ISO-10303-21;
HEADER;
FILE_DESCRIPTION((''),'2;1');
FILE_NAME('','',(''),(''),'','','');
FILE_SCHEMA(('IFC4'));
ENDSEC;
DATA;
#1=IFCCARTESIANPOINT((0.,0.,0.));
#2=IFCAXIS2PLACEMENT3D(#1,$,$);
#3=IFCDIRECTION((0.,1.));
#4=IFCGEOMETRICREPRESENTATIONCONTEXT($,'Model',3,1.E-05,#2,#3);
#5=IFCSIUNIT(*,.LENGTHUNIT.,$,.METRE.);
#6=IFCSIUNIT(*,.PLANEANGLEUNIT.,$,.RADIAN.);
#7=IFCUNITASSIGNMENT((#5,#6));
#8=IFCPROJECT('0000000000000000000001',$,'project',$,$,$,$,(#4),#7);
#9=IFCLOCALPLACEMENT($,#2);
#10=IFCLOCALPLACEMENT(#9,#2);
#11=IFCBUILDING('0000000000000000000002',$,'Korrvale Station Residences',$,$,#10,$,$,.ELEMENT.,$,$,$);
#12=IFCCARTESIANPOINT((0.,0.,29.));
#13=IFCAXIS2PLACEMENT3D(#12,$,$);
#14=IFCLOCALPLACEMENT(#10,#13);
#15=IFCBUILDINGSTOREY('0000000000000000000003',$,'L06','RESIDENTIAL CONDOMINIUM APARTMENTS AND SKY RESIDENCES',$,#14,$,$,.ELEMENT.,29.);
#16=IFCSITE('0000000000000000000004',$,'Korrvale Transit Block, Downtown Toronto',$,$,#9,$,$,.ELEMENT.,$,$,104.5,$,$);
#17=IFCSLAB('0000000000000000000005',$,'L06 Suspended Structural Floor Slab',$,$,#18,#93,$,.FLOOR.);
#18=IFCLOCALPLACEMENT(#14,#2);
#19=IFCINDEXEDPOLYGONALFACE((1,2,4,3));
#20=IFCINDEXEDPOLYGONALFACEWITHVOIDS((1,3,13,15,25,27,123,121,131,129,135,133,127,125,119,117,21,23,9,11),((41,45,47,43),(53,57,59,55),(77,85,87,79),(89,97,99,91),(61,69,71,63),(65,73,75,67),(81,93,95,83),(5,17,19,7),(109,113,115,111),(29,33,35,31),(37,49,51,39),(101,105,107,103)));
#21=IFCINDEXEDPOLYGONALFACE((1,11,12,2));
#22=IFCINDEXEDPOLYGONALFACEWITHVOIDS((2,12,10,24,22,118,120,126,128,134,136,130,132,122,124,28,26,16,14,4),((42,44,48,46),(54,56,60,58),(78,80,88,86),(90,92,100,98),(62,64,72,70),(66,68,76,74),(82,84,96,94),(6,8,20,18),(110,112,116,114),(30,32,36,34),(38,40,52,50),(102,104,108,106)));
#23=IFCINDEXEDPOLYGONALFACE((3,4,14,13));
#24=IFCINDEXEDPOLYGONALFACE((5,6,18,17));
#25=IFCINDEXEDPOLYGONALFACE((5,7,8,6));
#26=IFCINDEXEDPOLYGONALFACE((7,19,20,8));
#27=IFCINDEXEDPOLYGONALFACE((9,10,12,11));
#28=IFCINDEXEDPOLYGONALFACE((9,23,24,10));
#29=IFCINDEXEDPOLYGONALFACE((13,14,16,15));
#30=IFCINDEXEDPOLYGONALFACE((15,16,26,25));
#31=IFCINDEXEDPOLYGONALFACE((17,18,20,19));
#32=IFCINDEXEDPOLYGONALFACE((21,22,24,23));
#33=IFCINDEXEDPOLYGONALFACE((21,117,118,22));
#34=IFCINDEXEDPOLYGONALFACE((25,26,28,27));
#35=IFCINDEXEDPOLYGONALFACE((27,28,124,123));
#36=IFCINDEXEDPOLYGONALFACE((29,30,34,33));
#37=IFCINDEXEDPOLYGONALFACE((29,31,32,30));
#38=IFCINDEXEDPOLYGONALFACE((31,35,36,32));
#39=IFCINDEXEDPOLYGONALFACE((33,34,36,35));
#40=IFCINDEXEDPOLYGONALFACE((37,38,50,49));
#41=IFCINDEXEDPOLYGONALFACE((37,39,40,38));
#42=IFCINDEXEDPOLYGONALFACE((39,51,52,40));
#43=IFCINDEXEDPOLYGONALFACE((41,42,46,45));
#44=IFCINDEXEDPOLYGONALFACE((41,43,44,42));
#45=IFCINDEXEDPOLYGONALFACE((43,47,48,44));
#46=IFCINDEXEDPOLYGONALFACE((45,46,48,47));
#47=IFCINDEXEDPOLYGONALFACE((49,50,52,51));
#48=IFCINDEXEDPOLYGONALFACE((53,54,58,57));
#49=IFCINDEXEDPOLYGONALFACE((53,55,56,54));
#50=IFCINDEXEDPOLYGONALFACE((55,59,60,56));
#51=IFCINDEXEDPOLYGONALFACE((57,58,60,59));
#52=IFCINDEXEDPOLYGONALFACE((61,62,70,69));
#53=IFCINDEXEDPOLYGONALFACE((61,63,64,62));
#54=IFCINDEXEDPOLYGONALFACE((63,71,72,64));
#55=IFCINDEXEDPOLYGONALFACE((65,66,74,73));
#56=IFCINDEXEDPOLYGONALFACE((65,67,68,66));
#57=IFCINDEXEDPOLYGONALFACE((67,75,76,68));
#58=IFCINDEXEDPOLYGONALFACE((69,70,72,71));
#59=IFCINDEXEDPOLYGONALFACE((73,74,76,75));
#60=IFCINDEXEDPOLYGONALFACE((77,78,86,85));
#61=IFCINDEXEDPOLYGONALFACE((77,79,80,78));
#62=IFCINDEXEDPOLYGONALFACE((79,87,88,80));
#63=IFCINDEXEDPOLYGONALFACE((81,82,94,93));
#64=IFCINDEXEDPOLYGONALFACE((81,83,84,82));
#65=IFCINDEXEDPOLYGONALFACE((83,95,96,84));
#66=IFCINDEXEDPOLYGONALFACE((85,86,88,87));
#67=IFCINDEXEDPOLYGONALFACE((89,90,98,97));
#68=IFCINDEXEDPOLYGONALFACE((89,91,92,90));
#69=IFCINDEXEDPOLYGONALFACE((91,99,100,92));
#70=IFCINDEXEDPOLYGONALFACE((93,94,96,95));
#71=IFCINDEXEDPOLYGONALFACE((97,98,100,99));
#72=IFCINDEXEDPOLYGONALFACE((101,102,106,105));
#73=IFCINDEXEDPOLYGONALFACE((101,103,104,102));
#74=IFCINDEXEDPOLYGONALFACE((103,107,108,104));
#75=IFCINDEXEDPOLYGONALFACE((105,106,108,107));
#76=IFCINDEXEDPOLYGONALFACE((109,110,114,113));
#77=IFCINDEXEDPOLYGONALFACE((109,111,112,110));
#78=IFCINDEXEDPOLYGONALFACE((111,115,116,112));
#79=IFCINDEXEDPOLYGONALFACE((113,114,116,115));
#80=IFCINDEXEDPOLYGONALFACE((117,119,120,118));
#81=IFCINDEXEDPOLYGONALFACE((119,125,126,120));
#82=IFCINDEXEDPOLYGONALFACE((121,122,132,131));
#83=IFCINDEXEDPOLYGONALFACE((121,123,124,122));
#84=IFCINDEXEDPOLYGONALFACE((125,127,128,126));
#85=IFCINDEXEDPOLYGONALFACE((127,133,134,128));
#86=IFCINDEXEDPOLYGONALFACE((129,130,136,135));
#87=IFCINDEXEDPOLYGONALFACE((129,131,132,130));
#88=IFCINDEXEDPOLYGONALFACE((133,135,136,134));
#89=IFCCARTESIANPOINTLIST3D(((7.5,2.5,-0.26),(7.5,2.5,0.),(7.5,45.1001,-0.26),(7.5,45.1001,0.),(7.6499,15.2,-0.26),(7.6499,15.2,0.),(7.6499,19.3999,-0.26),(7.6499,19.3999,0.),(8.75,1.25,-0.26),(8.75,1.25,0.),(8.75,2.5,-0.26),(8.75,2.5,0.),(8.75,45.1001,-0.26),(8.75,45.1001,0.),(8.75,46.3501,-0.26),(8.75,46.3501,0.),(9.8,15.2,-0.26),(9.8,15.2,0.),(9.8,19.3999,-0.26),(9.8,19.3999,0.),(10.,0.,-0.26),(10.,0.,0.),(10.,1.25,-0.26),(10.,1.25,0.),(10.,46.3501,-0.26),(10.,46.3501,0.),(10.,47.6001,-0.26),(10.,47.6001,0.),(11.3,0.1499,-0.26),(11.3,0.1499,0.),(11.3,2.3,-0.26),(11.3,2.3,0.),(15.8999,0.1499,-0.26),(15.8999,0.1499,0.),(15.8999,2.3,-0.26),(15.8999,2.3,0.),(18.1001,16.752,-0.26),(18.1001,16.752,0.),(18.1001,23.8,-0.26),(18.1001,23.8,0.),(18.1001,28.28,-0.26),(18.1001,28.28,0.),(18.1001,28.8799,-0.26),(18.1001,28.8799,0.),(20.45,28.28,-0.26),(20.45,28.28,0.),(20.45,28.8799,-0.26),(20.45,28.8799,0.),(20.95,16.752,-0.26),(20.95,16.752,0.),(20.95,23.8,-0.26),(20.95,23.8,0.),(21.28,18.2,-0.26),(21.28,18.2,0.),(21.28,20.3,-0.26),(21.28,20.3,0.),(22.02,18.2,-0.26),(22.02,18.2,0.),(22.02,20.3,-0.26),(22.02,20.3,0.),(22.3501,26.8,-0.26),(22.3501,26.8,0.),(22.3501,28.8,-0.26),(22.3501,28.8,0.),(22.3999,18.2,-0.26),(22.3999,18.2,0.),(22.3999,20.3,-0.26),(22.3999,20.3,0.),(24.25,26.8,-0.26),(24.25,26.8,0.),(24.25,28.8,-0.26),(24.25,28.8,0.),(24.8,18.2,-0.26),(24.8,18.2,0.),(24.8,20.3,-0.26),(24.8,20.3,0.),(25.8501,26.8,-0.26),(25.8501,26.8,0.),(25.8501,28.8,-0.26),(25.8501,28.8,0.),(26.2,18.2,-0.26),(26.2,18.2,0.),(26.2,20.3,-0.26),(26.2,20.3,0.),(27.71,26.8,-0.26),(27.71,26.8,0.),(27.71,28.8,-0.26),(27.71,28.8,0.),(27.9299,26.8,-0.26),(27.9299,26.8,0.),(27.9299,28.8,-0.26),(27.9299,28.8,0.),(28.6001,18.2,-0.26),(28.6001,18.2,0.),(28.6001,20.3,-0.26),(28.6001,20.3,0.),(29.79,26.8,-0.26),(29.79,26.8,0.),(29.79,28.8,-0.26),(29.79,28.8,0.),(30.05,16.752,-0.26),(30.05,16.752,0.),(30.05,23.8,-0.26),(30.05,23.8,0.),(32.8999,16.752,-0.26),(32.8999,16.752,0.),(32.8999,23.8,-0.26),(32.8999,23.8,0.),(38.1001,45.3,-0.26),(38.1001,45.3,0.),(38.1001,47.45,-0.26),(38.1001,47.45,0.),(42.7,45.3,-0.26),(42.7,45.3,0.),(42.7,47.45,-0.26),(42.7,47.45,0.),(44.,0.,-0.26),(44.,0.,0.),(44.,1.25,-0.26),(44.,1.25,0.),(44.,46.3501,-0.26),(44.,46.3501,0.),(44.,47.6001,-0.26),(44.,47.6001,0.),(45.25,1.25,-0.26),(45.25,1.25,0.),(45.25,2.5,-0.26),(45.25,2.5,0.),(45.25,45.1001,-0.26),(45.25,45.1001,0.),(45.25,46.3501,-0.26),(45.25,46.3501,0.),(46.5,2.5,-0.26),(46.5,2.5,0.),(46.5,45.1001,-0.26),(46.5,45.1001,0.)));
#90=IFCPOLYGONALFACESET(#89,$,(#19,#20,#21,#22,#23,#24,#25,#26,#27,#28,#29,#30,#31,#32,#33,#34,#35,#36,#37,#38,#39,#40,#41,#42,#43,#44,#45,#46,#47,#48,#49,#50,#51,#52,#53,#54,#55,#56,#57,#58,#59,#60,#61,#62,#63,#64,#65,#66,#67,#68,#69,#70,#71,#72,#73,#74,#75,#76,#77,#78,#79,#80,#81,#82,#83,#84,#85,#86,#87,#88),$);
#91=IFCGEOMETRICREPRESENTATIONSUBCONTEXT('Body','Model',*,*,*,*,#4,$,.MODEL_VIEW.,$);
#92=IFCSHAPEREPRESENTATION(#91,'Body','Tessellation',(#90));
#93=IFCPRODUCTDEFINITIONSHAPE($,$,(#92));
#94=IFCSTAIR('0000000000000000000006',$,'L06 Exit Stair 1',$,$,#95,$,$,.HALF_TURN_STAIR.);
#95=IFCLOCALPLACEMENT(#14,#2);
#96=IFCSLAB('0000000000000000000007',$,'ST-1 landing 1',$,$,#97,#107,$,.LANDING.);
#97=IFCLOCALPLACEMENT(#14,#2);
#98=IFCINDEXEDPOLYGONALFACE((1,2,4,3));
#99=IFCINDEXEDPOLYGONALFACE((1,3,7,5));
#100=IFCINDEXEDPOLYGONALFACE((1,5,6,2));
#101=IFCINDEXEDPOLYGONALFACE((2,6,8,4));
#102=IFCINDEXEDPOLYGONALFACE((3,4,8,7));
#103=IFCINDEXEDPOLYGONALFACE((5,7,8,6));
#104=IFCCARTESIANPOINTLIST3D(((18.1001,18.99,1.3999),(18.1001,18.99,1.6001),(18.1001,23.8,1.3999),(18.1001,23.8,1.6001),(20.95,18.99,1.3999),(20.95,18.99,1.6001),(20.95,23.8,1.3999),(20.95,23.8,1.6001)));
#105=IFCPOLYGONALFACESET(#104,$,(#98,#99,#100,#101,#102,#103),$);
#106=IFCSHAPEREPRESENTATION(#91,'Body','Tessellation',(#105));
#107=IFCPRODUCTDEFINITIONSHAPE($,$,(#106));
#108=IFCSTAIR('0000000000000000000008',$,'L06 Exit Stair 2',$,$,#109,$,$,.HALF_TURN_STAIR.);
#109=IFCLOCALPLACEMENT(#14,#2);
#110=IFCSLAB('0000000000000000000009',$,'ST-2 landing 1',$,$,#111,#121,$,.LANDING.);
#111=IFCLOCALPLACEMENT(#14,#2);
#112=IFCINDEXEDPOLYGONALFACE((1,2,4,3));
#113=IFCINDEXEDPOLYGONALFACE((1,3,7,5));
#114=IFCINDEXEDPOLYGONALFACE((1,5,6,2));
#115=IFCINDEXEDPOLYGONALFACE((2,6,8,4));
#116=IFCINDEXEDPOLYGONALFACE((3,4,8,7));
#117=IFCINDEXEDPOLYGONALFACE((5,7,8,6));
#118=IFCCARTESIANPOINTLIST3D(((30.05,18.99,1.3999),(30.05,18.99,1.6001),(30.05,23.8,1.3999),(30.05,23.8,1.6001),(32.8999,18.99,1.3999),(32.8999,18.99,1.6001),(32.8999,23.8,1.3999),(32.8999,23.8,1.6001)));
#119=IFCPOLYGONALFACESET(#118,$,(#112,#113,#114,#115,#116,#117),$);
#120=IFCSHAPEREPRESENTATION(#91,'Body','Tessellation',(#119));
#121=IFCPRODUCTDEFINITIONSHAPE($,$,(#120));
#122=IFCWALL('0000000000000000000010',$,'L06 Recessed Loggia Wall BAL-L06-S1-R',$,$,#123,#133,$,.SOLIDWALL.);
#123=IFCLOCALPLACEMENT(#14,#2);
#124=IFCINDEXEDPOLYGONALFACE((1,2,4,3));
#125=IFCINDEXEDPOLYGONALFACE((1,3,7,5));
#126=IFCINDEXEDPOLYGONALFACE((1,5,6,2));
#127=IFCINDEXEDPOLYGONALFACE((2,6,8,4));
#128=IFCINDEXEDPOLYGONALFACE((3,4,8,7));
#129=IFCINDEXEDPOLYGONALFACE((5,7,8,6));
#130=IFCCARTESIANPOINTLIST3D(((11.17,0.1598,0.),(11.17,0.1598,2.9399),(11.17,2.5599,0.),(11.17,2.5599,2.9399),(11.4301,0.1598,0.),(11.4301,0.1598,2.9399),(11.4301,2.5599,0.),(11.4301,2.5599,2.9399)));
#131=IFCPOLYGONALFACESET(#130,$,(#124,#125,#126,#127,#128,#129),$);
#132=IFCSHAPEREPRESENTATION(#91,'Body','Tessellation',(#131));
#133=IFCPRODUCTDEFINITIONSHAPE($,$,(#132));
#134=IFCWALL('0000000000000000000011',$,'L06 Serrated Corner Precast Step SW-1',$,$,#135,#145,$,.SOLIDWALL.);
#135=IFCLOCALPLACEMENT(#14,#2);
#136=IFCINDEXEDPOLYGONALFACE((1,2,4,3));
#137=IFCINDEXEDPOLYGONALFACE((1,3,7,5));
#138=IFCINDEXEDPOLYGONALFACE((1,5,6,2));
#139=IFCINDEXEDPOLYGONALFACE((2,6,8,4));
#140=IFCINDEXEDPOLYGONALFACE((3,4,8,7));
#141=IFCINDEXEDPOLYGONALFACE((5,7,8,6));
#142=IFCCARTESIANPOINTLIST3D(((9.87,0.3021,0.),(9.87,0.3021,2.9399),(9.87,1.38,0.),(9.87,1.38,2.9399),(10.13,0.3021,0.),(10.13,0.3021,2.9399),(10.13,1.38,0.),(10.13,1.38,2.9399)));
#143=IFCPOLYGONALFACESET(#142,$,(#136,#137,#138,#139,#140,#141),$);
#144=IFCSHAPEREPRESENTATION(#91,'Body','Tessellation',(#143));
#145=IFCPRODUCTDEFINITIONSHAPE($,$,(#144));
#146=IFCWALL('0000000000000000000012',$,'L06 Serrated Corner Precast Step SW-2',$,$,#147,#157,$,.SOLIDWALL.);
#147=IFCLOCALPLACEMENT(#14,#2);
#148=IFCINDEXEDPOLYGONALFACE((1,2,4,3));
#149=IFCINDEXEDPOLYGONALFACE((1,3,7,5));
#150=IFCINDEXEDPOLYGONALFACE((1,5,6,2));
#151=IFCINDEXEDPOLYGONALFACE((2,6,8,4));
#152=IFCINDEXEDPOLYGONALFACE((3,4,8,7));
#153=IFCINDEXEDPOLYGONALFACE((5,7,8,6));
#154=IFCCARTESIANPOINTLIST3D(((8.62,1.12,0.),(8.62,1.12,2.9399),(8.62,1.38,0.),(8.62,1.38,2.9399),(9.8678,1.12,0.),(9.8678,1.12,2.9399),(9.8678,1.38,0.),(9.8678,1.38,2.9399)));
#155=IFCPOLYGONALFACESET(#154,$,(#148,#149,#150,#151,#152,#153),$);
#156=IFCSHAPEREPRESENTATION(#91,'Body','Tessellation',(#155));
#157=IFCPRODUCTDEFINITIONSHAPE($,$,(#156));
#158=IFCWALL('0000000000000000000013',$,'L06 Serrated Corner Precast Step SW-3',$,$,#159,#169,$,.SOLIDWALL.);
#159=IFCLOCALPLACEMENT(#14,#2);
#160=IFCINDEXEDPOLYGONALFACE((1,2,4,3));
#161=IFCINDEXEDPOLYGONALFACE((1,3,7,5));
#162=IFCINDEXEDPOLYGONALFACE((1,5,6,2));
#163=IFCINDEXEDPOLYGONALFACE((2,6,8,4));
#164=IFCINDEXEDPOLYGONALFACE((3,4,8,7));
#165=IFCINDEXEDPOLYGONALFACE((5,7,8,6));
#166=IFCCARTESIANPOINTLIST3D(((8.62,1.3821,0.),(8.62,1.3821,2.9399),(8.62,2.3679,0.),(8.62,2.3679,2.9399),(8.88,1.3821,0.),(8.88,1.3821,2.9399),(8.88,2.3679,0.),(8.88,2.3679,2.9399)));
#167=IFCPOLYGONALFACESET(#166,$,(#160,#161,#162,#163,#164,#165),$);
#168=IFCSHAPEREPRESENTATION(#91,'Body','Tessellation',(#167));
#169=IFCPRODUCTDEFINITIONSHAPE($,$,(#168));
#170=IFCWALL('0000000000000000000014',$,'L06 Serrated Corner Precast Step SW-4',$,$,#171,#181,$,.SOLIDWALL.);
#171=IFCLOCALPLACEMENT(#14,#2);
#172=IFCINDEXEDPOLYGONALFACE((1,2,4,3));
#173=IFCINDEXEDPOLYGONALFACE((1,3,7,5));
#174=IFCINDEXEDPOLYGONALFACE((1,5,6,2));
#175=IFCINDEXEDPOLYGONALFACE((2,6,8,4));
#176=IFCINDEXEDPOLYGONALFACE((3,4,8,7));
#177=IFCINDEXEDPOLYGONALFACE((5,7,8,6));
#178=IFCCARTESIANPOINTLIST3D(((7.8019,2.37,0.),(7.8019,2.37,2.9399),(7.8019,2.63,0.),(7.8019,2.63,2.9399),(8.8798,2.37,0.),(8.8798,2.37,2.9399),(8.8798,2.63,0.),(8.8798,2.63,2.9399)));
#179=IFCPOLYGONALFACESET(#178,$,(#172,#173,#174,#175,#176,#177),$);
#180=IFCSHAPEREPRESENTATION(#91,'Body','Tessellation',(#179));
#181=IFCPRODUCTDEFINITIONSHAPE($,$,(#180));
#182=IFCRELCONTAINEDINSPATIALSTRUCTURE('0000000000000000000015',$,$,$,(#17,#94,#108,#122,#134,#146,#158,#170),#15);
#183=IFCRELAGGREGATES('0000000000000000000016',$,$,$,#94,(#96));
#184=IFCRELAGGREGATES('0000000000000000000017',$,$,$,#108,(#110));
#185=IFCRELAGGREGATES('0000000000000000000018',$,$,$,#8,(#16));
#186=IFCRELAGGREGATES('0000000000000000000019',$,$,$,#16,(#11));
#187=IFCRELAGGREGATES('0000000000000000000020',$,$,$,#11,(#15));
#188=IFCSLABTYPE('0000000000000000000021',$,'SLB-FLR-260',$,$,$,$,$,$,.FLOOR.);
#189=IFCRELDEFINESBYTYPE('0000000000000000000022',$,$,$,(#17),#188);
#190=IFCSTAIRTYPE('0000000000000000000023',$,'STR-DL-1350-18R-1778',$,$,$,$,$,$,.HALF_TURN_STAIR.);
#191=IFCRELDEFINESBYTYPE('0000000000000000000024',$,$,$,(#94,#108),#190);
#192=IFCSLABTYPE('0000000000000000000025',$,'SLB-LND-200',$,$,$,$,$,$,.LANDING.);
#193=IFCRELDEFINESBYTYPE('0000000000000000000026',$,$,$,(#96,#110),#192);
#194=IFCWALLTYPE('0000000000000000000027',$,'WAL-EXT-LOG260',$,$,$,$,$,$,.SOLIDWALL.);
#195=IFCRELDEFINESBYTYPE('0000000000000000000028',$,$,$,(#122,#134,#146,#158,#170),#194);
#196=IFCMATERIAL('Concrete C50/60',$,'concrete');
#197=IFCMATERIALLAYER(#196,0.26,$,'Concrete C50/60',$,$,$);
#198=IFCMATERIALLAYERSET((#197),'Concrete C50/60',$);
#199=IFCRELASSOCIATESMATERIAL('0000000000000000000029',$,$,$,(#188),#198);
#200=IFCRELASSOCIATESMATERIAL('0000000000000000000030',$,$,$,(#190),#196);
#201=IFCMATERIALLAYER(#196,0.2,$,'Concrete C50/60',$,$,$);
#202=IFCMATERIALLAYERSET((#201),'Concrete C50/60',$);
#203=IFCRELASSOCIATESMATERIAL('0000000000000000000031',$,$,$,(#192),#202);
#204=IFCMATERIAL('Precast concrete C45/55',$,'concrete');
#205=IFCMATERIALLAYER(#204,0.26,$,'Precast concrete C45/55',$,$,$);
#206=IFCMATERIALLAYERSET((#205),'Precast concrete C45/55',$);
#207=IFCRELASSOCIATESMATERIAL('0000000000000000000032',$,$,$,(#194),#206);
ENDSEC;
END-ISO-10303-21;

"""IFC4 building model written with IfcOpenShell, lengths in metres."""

from ifc_helpers import new_model, si_unit, direction, frame, frame_2d, origin, place, context, subcontext, project, spatial, polyline, rectangle, outline, extrude, material, layer, layer_set, type_object, element, aggregate, save


model = new_model("IFC4")

# Units and contexts
model_context = context("Model", 3, precision=1e-05, world=origin(), true_north=direction((0.0, 1.0)))
body_context = subcontext(model_context, "Body", "Model", "MODEL_VIEW")
ifc_project = project(units=[si_unit("LENGTHUNIT", "METRE"), si_unit("PLANEANGLEUNIT", "RADIAN")], contexts=[model_context])

# Site, building, storey
site_placement = place(None, origin())
site = spatial("IfcSite", under=ifc_project, at=site_placement, Name="Korrvale Transit Block, Downtown Toronto", CompositionType="ELEMENT", RefElevation=104.5)
building_placement = place(site_placement, origin())
building = spatial("IfcBuilding", under=site, at=building_placement, Name="Korrvale Station Residences", CompositionType="ELEMENT")
storey_placement = place(building_placement, frame((0.0, 0.0, 29.0)))
storey = spatial("IfcBuildingStorey", under=building, at=storey_placement, Name="L06", Description="RESIDENTIAL CONDOMINIUM APARTMENTS AND SKY RESIDENCES", CompositionType="ELEMENT", Elevation=29.0)

# Slab
ifc_material_1 = material(Name="Concrete C50/60", Category="concrete")
ifc_layer_1 = layer(ifc_material_1, 0.26, Name="Concrete C50/60")
ifc_layer_set_1 = layer_set([ifc_layer_1], Name="Concrete C50/60")
slab_type_1 = type_object("IfcSlabType", Name="SLB-FLR-260", PredefinedType="FLOOR", material=ifc_layer_set_1)
slab_1_placement = place(storey_placement, frame((0.0, 0.0, -0.26)))
element("IfcSlab", 1, at=slab_1_placement, inside=storey, type_object=slab_type_1, Name="L06 Suspended Structural Floor Slab", PredefinedType="FLOOR", context=body_context, shape_type="SweptSolid", body=[
    extrude(outline(polyline([(10.0, 0.0), (44.0, 0.0), (44.0, 1.25), (45.25, 1.25), (45.25, 2.5), (46.5, 2.5), (46.5, 45.1001), (45.25, 45.1001), (45.25, 46.3501), (44.0, 46.3501), (44.0, 47.6001), (10.0, 47.6001), (10.0, 46.3501), (8.75, 46.3501), (8.75, 45.1001), (7.5, 45.1001), (7.5, 2.5), (8.75, 2.5), (8.75, 1.25), (10.0, 1.25), (10.0, 0.0)]), holes=[polyline([(20.95, 16.752), (20.95, 23.8), (18.1001, 23.8), (18.1001, 16.752), (20.95, 16.752)]), polyline([(32.8999, 16.752), (32.8999, 23.8), (30.05, 23.8), (30.05, 16.752), (32.8999, 16.752)]), polyline([(22.3501, 26.8), (24.25, 26.8), (24.25, 28.8), (22.3501, 28.8), (22.3501, 26.8)]), polyline([(25.8501, 26.8), (27.71, 26.8), (27.71, 28.8), (25.8501, 28.8), (25.8501, 26.8)]), polyline([(27.9299, 26.8), (29.79, 26.8), (29.79, 28.8), (27.9299, 28.8), (27.9299, 26.8)]), polyline([(22.3999, 18.2), (24.8, 18.2), (24.8, 20.3), (22.3999, 20.3), (22.3999, 18.2)]), polyline([(26.2, 18.2), (28.6001, 18.2), (28.6001, 20.3), (26.2, 20.3), (26.2, 18.2)]), polyline([(18.1001, 28.28), (20.45, 28.28), (20.45, 28.8799), (18.1001, 28.8799), (18.1001, 28.28)]), polyline([(21.28, 18.2), (22.02, 18.2), (22.02, 20.3), (21.28, 20.3), (21.28, 18.2)]), polyline([(11.3, 0.1499), (15.8999, 0.1499), (15.8999, 2.3), (11.3, 2.3), (11.3, 0.1499)]), polyline([(38.1001, 45.3), (42.7, 45.3), (42.7, 47.45), (38.1001, 47.45), (38.1001, 45.3)]), polyline([(7.6499, 15.2), (9.8, 15.2), (9.8, 19.3999), (7.6499, 19.3999), (7.6499, 15.2)])]), origin(), (0.0, 0.0, 1.0), 0.26),
])

# Stairs, slabs
stair_type = type_object("IfcStairType", Name="STR-DL-1350-18R-1778", PredefinedType="HALF_TURN_STAIR", material=ifc_material_1)
stair_1_placement = place(storey_placement, origin())
stair_1 = element("IfcStair", 2, at=stair_1_placement, inside=storey, type_object=stair_type, Name="L06 Exit Stair 1", PredefinedType="HALF_TURN_STAIR")
ifc_layer_2 = layer(ifc_material_1, 0.2, Name="Concrete C50/60")
ifc_layer_set_2 = layer_set([ifc_layer_2], Name="Concrete C50/60")
slab_type_2 = type_object("IfcSlabType", Name="SLB-LND-200", PredefinedType="LANDING", material=ifc_layer_set_2)
slab_2_placement = place(storey_placement, frame((0.0, 0.0, 1.3999)))
slab_2 = element("IfcSlab", 3, at=slab_2_placement, type_object=slab_type_2, Name="ST-1 landing 1", PredefinedType="LANDING", context=body_context, shape_type="SweptSolid", body=[
    extrude(outline(polyline([(20.95, 18.99), (20.95, 23.8), (18.1001, 23.8), (18.1001, 18.99), (20.95, 18.99)])), origin(), (0.0, 0.0, 1.0), 0.2002),
])
aggregate(stair_1, [slab_2])
stair_2_placement = place(storey_placement, origin())
stair_2 = element("IfcStair", 4, at=stair_2_placement, inside=storey, type_object=stair_type, Name="L06 Exit Stair 2", PredefinedType="HALF_TURN_STAIR")
slab_3_placement = place(storey_placement, frame((0.0, 0.0, 1.3999)))
slab_3 = element("IfcSlab", 5, at=slab_3_placement, type_object=slab_type_2, Name="ST-2 landing 1", PredefinedType="LANDING", context=body_context, shape_type="SweptSolid", body=[
    extrude(outline(polyline([(32.8999, 18.99), (32.8999, 23.8), (30.05, 23.8), (30.05, 18.99), (32.8999, 18.99)])), origin(), (0.0, 0.0, 1.0), 0.2002),
])
aggregate(stair_2, [slab_3])

# Walls
ifc_material_2 = material(Name="Precast concrete C45/55", Category="concrete")
ifc_layer_3 = layer(ifc_material_2, 0.26, Name="Precast concrete C45/55")
ifc_layer_set_3 = layer_set([ifc_layer_3], Name="Precast concrete C45/55")
wall_type_1 = type_object("IfcWallType", Name="WAL-EXT-LOG260", PredefinedType="SOLIDWALL", material=ifc_layer_set_3)
wall_1_placement = place(storey_placement, frame((11.3, 2.5601, 0.0), z_axis=(0.0, 0.0, 1.0), x_axis=(0.0, -1.0, 0.0)))
element("IfcWall", 6, at=wall_1_placement, inside=storey, type_object=wall_type_1, Name="L06 Recessed Loggia Wall BAL-L06-S1-R", PredefinedType="SOLIDWALL", context=body_context, shape_type="SweptSolid", body=[
    extrude(rectangle(XDim=2.4001, YDim=0.26, at=frame_2d((1.2002, 0.0))), origin(), (0.0, 0.0, 1.0), 2.9399),
])
wall_2_placement = place(storey_placement, frame((10.0, 0.302, 0.0), z_axis=(0.0, 0.0, 1.0), x_axis=(0.0, 1.0, 0.0)))
element("IfcWall", 7, at=wall_2_placement, inside=storey, type_object=wall_type_1, Name="L06 Serrated Corner Precast Step SW-1", PredefinedType="SOLIDWALL", context=body_context, shape_type="SweptSolid", body=[
    extrude(rectangle(XDim=1.0779, YDim=0.26, at=frame_2d((0.5391, 0.0))), origin(), (0.0, 0.0, 1.0), 2.9399),
])
wall_3_placement = place(storey_placement, frame((9.8679, 1.25, 0.0), z_axis=(0.0, 0.0, 1.0), x_axis=(-1.0, 0.0, 0.0)))
element("IfcWall", 8, at=wall_3_placement, inside=storey, type_object=wall_type_1, Name="L06 Serrated Corner Precast Step SW-2", PredefinedType="SOLIDWALL", context=body_context, shape_type="SweptSolid", body=[
    extrude(rectangle(XDim=1.2478, YDim=0.26, at=frame_2d((0.624, 0.0))), origin(), (0.0, 0.0, 1.0), 2.9399),
])
wall_4_placement = place(storey_placement, frame((8.75, 1.3821, 0.0), z_axis=(0.0, 0.0, 1.0), x_axis=(0.0, 1.0, 0.0)))
element("IfcWall", 9, at=wall_4_placement, inside=storey, type_object=wall_type_1, Name="L06 Serrated Corner Precast Step SW-3", PredefinedType="SOLIDWALL", context=body_context, shape_type="SweptSolid", body=[
    extrude(rectangle(XDim=0.9858, YDim=0.26, at=frame_2d((0.4929, 0.0))), origin(), (0.0, 0.0, 1.0), 2.9399),
])
wall_5_placement = place(storey_placement, frame((8.8799, 2.5, 0.0), z_axis=(0.0, 0.0, 1.0), x_axis=(-1.0, 0.0, 0.0)))
element("IfcWall", 10, at=wall_5_placement, inside=storey, type_object=wall_type_1, Name="L06 Serrated Corner Precast Step SW-4", PredefinedType="SOLIDWALL", context=body_context, shape_type="SweptSolid", body=[
    extrude(rectangle(XDim=1.0779, YDim=0.26, at=frame_2d((0.5391, 0.0))), origin(), (0.0, 0.0, 1.0), 2.9399),
])

save(model, "model.ifc")
